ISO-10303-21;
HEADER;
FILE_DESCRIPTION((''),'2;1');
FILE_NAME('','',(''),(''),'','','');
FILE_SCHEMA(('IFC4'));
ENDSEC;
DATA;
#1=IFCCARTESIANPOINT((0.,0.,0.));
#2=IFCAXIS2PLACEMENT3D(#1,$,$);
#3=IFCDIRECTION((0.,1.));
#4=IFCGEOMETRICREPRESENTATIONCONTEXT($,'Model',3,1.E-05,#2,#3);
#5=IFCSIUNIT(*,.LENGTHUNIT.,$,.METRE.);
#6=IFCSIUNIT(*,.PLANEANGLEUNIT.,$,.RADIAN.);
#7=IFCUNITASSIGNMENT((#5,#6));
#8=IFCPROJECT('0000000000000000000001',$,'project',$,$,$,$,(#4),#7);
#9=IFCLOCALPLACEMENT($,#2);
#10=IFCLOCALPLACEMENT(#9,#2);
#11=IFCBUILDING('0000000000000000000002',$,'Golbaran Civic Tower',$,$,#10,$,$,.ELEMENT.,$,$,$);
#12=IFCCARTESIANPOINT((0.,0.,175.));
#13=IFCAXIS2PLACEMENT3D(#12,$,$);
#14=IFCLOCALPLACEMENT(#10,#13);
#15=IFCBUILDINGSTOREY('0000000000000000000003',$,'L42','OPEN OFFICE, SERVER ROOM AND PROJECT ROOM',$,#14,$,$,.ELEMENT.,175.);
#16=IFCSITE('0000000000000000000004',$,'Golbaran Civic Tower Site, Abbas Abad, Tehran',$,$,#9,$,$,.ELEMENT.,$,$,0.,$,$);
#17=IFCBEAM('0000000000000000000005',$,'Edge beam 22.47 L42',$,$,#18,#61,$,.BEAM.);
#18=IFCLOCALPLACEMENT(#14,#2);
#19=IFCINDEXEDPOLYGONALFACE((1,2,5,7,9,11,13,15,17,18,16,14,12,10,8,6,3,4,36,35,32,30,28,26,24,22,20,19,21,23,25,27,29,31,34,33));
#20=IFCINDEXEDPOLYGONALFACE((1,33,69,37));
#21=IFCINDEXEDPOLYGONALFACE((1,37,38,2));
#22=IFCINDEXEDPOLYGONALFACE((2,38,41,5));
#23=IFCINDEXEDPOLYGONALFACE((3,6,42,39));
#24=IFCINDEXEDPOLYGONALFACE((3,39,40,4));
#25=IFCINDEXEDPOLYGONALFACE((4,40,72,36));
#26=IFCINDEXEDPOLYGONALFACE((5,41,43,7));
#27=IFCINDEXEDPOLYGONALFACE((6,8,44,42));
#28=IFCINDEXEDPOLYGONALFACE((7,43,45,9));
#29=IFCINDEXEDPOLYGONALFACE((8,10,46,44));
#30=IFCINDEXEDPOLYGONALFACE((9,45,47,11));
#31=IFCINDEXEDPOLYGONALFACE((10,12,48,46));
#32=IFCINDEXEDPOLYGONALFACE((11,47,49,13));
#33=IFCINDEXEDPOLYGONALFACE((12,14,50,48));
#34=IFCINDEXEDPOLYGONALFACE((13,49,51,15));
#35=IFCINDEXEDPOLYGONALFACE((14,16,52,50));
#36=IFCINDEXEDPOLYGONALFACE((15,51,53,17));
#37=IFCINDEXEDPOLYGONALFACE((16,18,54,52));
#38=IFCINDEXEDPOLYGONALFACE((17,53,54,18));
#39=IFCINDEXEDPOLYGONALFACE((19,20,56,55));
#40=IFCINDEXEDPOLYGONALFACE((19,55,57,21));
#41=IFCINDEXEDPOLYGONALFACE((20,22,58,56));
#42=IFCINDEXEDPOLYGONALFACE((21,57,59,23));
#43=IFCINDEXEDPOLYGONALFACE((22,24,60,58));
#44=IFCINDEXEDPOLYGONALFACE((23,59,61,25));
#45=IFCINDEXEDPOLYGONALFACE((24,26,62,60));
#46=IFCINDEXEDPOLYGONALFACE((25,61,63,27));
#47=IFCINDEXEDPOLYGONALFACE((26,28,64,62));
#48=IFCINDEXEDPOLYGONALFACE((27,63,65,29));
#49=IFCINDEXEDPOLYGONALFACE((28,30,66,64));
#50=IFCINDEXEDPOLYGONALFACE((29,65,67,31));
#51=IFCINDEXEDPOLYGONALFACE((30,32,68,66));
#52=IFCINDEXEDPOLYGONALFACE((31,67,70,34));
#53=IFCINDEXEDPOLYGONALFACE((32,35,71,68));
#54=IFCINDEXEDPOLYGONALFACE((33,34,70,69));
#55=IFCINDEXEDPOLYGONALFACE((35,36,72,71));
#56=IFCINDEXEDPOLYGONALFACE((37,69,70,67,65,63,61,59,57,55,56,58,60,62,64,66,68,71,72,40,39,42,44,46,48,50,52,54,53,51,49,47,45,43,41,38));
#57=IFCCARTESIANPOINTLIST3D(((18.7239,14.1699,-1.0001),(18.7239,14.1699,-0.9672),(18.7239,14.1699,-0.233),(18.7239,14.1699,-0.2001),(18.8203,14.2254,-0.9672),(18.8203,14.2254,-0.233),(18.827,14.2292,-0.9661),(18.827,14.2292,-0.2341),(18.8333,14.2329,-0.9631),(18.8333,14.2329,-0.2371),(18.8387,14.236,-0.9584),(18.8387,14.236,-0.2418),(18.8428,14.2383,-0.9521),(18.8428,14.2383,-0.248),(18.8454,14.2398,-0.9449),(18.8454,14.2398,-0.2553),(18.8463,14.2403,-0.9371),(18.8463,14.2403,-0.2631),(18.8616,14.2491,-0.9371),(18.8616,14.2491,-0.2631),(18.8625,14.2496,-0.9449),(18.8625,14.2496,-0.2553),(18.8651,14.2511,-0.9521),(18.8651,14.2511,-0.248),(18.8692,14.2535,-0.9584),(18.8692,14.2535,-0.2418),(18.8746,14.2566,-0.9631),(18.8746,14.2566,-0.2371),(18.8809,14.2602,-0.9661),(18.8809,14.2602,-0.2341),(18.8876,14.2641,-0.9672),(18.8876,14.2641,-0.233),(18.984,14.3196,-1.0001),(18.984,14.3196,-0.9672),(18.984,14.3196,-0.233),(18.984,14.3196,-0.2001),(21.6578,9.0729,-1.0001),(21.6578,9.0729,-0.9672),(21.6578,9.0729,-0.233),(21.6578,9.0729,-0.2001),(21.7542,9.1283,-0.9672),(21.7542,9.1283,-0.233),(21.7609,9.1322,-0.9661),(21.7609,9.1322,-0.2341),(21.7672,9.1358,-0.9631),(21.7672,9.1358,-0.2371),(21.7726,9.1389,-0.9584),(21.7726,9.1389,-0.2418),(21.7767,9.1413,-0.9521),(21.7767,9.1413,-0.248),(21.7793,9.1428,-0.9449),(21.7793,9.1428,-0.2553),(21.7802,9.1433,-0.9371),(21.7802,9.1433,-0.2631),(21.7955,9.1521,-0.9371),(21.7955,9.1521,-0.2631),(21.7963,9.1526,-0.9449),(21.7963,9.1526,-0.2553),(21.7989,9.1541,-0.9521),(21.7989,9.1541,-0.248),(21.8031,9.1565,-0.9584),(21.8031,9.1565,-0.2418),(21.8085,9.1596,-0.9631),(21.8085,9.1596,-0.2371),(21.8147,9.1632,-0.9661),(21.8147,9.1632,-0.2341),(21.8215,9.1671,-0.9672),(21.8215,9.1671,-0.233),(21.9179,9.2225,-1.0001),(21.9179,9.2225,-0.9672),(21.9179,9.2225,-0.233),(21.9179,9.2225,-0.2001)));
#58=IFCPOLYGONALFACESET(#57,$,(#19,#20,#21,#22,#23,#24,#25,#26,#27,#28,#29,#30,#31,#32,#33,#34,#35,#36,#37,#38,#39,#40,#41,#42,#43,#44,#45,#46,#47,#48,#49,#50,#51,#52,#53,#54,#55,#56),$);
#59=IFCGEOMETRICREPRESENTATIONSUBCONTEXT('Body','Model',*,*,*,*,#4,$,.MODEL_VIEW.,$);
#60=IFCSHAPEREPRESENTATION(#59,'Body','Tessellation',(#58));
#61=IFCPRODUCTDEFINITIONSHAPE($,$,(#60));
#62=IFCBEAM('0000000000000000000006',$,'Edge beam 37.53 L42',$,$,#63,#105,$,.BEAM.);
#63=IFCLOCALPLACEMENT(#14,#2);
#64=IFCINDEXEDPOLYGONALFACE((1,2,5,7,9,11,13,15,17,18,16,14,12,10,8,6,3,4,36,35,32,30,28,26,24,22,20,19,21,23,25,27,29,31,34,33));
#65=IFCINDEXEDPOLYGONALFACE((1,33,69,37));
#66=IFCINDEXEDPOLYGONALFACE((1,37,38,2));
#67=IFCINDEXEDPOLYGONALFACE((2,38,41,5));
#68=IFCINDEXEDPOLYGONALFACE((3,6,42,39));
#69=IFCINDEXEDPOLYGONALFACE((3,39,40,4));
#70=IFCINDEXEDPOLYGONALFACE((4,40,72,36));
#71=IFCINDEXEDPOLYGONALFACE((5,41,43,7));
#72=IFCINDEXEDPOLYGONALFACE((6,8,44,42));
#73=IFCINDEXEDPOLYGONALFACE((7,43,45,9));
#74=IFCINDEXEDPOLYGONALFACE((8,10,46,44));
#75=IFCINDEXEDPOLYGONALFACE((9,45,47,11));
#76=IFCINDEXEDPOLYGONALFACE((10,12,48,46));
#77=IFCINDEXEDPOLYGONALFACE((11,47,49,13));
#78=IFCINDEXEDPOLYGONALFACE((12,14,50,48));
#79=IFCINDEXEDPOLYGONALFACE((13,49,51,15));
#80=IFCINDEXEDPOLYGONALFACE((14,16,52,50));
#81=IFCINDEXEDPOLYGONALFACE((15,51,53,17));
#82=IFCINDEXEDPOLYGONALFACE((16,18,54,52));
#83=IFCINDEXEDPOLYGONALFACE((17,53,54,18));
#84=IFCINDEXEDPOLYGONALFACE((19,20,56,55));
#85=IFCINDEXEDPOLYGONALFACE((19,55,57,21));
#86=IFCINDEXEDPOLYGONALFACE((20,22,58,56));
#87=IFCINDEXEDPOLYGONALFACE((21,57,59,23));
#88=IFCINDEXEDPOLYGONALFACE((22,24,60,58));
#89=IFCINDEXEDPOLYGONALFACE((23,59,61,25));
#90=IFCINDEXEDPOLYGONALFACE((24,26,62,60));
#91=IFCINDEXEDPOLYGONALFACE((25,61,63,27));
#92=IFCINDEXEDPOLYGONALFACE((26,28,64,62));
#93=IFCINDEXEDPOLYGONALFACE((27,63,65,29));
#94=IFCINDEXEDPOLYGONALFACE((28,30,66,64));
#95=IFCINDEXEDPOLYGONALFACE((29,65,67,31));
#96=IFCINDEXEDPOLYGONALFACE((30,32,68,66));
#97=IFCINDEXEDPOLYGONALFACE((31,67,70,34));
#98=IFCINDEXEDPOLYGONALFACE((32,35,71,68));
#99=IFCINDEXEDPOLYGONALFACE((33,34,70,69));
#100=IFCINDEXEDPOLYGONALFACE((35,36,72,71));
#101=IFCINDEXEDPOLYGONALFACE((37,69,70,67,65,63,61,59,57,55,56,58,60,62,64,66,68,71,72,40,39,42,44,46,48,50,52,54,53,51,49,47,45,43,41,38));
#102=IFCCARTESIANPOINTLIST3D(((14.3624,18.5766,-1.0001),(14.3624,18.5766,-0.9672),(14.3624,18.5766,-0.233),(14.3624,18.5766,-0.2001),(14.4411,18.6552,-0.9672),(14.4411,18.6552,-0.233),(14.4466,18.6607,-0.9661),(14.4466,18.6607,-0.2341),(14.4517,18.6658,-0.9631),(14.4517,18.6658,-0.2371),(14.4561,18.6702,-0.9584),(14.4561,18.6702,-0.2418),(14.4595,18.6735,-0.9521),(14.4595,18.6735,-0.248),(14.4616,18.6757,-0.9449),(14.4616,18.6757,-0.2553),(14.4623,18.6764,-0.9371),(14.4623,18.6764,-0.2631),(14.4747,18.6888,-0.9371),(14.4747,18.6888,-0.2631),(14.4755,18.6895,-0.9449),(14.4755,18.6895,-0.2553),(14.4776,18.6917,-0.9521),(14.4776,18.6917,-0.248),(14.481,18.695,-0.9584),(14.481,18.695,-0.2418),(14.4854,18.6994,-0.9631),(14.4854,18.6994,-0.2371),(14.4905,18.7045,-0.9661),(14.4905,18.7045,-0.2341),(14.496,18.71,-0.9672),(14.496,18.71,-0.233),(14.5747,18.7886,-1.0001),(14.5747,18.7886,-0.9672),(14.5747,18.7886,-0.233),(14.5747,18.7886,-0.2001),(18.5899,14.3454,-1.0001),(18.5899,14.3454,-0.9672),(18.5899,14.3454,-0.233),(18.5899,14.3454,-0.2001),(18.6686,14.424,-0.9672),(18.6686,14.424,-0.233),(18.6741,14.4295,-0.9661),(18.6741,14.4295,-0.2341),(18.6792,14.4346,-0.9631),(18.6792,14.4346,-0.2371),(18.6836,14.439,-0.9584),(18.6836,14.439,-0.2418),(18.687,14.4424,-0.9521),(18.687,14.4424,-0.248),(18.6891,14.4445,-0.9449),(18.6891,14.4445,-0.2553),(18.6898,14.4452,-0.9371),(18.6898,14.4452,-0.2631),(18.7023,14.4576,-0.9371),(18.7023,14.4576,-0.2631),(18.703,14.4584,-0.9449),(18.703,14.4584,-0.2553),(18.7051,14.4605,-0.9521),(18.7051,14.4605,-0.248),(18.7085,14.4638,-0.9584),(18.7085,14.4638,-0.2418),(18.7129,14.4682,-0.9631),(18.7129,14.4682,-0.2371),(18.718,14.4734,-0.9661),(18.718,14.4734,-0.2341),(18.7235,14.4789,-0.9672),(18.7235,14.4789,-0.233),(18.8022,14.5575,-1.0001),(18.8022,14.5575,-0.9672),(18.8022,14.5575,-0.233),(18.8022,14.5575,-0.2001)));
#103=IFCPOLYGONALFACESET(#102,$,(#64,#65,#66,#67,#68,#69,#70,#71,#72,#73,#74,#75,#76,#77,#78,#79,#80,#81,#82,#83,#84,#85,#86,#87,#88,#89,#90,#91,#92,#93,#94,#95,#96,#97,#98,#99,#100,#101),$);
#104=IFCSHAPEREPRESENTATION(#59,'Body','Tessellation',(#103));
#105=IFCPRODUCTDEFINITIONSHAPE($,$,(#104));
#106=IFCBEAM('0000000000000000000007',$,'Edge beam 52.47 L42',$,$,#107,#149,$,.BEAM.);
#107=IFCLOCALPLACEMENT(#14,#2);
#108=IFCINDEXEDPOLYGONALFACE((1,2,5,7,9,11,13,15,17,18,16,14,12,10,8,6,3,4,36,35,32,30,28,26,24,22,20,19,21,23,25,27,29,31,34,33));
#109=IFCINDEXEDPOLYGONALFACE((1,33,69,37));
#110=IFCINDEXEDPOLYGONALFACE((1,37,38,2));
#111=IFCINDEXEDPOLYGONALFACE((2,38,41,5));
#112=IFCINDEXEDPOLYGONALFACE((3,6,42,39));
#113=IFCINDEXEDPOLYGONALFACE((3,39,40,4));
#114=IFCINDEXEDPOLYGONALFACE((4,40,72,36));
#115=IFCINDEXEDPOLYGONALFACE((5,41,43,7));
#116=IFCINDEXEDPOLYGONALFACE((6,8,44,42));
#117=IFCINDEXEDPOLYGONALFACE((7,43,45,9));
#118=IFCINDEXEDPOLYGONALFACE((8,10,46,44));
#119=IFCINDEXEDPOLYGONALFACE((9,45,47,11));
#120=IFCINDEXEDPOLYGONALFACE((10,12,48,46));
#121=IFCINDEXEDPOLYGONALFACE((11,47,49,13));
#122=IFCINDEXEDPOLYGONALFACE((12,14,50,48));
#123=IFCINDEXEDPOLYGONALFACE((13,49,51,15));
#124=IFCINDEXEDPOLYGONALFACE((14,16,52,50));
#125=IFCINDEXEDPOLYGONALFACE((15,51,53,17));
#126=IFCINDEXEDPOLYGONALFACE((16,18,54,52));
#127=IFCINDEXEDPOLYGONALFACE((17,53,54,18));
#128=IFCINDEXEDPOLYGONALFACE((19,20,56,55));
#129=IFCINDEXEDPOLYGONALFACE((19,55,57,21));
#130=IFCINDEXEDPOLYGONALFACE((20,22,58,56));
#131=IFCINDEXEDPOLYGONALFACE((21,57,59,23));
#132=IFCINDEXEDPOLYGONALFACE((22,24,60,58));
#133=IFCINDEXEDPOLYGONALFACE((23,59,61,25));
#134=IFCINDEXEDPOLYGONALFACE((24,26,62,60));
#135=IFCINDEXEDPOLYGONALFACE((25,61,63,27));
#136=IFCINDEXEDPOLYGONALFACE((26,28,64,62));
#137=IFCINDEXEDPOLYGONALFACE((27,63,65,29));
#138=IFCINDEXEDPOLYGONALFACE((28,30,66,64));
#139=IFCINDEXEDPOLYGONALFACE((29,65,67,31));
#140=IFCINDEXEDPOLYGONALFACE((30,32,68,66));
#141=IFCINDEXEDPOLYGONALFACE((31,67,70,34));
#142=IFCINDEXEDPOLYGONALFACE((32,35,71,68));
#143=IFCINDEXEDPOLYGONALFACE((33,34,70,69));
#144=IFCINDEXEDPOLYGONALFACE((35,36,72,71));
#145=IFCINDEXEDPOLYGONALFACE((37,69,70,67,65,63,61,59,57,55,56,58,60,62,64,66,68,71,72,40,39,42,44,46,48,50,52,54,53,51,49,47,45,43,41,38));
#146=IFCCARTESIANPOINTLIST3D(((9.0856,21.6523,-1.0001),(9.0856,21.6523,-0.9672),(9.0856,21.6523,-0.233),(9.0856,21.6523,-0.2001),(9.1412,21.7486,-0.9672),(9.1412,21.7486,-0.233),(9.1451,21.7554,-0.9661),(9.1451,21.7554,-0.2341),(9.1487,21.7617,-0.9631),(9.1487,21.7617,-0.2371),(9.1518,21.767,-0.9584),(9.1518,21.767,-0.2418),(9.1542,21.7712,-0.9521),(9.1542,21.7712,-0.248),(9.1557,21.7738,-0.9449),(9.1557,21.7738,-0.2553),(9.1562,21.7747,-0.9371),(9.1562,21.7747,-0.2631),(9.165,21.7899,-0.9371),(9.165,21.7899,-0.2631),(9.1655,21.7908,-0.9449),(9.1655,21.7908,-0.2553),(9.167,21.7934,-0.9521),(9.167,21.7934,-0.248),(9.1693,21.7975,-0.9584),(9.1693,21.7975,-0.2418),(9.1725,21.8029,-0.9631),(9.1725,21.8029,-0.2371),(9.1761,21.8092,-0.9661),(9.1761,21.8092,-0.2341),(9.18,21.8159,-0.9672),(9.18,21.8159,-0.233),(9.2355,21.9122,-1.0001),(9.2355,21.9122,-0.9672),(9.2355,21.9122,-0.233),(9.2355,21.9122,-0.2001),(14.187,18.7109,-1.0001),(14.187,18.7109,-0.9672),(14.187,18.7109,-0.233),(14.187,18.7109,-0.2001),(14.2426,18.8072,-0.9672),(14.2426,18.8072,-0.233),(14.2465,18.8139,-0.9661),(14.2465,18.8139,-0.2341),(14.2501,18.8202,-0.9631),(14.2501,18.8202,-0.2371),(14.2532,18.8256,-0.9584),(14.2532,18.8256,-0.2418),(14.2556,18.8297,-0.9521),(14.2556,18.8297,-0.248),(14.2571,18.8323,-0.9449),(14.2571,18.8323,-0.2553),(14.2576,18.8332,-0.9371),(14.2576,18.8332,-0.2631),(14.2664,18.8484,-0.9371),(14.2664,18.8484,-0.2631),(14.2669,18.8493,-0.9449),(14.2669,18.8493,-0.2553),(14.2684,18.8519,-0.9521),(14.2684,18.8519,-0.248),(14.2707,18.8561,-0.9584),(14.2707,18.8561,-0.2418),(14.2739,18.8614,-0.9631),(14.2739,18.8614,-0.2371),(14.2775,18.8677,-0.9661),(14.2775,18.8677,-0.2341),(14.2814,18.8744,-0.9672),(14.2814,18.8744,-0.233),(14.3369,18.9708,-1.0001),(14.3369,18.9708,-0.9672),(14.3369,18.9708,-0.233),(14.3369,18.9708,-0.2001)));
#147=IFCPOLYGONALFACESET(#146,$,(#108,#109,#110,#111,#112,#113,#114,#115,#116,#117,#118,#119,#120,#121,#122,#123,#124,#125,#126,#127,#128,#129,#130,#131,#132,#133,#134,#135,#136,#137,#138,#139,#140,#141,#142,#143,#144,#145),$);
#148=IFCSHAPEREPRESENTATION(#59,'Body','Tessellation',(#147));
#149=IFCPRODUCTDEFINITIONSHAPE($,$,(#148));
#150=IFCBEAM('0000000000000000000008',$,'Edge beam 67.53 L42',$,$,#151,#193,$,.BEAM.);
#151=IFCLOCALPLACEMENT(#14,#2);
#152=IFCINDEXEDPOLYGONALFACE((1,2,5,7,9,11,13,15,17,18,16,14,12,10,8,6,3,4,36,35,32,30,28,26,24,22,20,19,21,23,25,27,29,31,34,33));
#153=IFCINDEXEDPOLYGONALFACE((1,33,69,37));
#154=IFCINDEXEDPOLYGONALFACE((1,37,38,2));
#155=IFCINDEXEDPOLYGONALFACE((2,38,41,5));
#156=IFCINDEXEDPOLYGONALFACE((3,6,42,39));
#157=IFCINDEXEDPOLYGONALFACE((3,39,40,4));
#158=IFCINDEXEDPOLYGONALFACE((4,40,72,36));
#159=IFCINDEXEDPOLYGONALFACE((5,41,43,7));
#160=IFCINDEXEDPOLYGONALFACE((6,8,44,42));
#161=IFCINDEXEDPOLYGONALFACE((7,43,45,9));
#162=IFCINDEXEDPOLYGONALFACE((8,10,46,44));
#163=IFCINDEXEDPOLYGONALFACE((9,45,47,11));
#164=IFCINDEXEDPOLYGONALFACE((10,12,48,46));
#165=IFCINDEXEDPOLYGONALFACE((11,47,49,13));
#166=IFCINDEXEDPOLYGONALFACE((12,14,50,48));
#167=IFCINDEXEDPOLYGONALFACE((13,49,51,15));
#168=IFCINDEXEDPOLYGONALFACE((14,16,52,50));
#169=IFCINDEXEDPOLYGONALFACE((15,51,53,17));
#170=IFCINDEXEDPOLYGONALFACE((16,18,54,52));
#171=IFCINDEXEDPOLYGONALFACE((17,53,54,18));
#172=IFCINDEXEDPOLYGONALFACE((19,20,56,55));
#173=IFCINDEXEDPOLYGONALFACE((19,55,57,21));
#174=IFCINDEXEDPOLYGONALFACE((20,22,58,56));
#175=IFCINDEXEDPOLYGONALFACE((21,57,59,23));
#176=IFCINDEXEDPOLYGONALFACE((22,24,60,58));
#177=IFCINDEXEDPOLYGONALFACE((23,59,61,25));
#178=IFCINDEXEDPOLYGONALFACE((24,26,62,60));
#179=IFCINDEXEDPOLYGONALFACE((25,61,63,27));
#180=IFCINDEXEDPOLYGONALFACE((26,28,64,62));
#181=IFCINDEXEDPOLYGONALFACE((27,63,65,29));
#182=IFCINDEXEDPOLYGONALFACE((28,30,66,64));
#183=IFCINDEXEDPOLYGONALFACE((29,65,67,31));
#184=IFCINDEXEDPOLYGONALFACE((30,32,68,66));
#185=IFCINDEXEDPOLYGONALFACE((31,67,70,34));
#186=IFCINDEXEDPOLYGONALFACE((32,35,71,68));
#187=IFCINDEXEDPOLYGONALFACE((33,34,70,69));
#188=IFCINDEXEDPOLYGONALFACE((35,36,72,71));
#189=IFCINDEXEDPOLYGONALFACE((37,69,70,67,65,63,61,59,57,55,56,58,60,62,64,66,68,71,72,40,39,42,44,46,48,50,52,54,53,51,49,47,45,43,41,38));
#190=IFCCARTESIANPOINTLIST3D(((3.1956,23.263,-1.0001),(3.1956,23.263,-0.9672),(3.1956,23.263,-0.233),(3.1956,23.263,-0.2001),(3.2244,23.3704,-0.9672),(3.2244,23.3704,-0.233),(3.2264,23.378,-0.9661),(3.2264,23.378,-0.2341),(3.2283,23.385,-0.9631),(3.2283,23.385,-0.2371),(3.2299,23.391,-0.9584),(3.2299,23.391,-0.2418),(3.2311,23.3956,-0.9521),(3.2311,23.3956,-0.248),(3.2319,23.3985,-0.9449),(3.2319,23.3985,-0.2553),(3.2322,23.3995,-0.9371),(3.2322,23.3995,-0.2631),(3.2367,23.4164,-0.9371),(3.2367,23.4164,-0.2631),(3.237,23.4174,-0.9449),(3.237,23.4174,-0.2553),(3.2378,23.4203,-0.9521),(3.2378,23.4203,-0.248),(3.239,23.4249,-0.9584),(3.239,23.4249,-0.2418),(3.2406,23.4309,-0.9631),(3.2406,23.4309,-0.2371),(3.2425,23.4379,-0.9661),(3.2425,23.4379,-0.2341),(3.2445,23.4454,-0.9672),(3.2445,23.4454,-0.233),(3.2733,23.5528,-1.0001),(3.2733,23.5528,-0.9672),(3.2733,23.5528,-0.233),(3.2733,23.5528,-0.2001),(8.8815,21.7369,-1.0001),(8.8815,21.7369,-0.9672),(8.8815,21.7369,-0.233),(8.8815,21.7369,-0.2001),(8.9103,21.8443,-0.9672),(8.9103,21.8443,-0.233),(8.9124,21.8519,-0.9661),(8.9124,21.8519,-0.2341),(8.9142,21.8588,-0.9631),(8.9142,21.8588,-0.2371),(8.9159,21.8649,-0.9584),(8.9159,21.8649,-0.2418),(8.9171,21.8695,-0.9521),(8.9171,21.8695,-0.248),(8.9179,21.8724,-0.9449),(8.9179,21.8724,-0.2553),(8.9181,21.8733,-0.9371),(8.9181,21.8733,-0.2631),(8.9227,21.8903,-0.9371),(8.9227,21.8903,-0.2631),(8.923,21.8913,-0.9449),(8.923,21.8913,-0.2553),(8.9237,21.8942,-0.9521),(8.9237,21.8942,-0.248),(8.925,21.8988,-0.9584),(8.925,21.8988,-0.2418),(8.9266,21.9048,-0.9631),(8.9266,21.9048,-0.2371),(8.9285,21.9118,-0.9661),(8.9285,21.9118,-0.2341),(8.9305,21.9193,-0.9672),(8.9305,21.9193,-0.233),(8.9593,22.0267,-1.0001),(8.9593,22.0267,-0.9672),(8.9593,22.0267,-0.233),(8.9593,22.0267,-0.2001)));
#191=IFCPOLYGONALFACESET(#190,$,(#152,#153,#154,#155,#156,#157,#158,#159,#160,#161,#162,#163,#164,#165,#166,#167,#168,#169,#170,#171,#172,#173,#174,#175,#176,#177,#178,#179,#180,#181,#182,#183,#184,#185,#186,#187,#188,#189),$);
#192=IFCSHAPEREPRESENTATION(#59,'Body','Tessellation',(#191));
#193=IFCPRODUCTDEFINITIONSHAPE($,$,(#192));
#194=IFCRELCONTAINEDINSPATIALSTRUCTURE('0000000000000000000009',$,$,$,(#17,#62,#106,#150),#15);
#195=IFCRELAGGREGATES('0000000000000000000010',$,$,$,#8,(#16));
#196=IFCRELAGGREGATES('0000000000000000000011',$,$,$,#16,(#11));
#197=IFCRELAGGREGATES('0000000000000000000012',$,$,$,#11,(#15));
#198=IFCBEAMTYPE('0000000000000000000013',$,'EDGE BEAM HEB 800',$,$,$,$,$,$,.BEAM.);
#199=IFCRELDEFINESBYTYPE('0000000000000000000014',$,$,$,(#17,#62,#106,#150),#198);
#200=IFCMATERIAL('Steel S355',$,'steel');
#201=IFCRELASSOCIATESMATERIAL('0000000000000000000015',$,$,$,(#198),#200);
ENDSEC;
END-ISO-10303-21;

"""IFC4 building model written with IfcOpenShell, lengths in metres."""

from ifc_helpers import new_model, si_unit, direction, frame, origin, origin_2d, place, context, subcontext, project, spatial, i_section, extrude, material, material_profile, profile_set, type_object, element, save


model = new_model("IFC4")

# Units and contexts
model_context = context("Model", 3, precision=1e-05, world=origin(), true_north=direction((0.0, 1.0)))
body_context = subcontext(model_context, "Body", "Model", "MODEL_VIEW")
ifc_project = project(units=[si_unit("LENGTHUNIT", "METRE"), si_unit("PLANEANGLEUNIT", "RADIAN")], contexts=[model_context])

# Site, building, storey
site_placement = place(None, origin())
site = spatial("IfcSite", under=ifc_project, at=site_placement, Name="Golbaran Civic Tower Site, Abbas Abad, Tehran", CompositionType="ELEMENT", RefElevation=0.0)
building_placement = place(site_placement, origin())
building = spatial("IfcBuilding", under=site, at=building_placement, Name="Golbaran Civic Tower", CompositionType="ELEMENT")
storey_placement = place(building_placement, frame((0.0, 0.0, 175.0)))
storey = spatial("IfcBuildingStorey", under=building, at=storey_placement, Name="L42", Description="OPEN OFFICE, SERVER ROOM AND PROJECT ROOM", CompositionType="ELEMENT", Elevation=175.0)

# Beams
ifc_material_1 = material(Name="Steel S355", Category="steel")
ifc_material_profile_1 = material_profile(ifc_material_1, i_section(OverallWidth=0.3, OverallDepth=0.8, WebThickness=0.0176, FlangeThickness=0.033, FilletRadius=0.03, at=origin_2d()), Name="HEB 800")
ifc_profile_set_1 = profile_set([ifc_material_profile_1], Name="Steel S355")
beam_type_1 = type_object("IfcBeamType", Name="EDGE BEAM HEB 800", PredefinedType="BEAM", material=ifc_profile_set_1)
beam_1_placement = place(storey_placement, frame((21.7878, 9.1477, -0.6001), z_axis=(-0.498868, 0.866678, 0.0), x_axis=(-0.866678, -0.498868, 0.0)))
element("IfcBeam", 1, at=beam_1_placement, inside=storey, type_object=beam_type_1, Name="Edge beam 22.47 L42", PredefinedType="BEAM", context=body_context, shape_type="SweptSolid", body=[
    extrude(i_section(OverallWidth=0.3, OverallDepth=0.8, WebThickness=0.0176, FlangeThickness=0.033, FilletRadius=0.03, at=origin_2d()), origin(), (0.0, 0.0, 1.0), 5.8811),
])
beam_2_placement = place(storey_placement, frame((18.696, 14.4514, -0.6001), z_axis=(-0.706801, 0.707413, 0.0), x_axis=(-0.707413, -0.706801, 0.0)))
element("IfcBeam", 2, at=beam_2_placement, inside=storey, type_object=beam_type_1, Name="Edge beam 37.53 L42", PredefinedType="BEAM", context=body_context, shape_type="SweptSolid", body=[
    extrude(i_section(OverallWidth=0.3, OverallDepth=0.8, WebThickness=0.0176, FlangeThickness=0.033, FilletRadius=0.03, at=origin_2d()), origin(), (0.0, 0.0, 1.0), 5.9812),
])
beam_3_placement = place(storey_placement, frame((14.262, 18.8408, -0.6001), z_axis=(-0.866308, 0.499511, 0.0), x_axis=(-0.499511, -0.866308, 0.0)))
element("IfcBeam", 3, at=beam_3_placement, inside=storey, type_object=beam_type_1, Name="Edge beam 52.47 L42", PredefinedType="BEAM", context=body_context, shape_type="SweptSolid", body=[
    extrude(i_section(OverallWidth=0.3, OverallDepth=0.8, WebThickness=0.0176, FlangeThickness=0.033, FilletRadius=0.03, at=origin_2d()), origin(), (0.0, 0.0, 1.0), 5.8887),
])
beam_4_placement = place(storey_placement, frame((8.9204, 21.8818, -0.6001), z_axis=(-0.965817, 0.259224, 0.0), x_axis=(-0.259224, -0.965817, 0.0)))
element("IfcBeam", 4, at=beam_4_placement, inside=storey, type_object=beam_type_1, Name="Edge beam 67.53 L42", PredefinedType="BEAM", context=body_context, shape_type="SweptSolid", body=[
    extrude(i_section(OverallWidth=0.3, OverallDepth=0.8, WebThickness=0.0176, FlangeThickness=0.033, FilletRadius=0.03, at=origin_2d()), origin(), (0.0, 0.0, 1.0), 5.8872),
])

save(model, "model.ifc")
